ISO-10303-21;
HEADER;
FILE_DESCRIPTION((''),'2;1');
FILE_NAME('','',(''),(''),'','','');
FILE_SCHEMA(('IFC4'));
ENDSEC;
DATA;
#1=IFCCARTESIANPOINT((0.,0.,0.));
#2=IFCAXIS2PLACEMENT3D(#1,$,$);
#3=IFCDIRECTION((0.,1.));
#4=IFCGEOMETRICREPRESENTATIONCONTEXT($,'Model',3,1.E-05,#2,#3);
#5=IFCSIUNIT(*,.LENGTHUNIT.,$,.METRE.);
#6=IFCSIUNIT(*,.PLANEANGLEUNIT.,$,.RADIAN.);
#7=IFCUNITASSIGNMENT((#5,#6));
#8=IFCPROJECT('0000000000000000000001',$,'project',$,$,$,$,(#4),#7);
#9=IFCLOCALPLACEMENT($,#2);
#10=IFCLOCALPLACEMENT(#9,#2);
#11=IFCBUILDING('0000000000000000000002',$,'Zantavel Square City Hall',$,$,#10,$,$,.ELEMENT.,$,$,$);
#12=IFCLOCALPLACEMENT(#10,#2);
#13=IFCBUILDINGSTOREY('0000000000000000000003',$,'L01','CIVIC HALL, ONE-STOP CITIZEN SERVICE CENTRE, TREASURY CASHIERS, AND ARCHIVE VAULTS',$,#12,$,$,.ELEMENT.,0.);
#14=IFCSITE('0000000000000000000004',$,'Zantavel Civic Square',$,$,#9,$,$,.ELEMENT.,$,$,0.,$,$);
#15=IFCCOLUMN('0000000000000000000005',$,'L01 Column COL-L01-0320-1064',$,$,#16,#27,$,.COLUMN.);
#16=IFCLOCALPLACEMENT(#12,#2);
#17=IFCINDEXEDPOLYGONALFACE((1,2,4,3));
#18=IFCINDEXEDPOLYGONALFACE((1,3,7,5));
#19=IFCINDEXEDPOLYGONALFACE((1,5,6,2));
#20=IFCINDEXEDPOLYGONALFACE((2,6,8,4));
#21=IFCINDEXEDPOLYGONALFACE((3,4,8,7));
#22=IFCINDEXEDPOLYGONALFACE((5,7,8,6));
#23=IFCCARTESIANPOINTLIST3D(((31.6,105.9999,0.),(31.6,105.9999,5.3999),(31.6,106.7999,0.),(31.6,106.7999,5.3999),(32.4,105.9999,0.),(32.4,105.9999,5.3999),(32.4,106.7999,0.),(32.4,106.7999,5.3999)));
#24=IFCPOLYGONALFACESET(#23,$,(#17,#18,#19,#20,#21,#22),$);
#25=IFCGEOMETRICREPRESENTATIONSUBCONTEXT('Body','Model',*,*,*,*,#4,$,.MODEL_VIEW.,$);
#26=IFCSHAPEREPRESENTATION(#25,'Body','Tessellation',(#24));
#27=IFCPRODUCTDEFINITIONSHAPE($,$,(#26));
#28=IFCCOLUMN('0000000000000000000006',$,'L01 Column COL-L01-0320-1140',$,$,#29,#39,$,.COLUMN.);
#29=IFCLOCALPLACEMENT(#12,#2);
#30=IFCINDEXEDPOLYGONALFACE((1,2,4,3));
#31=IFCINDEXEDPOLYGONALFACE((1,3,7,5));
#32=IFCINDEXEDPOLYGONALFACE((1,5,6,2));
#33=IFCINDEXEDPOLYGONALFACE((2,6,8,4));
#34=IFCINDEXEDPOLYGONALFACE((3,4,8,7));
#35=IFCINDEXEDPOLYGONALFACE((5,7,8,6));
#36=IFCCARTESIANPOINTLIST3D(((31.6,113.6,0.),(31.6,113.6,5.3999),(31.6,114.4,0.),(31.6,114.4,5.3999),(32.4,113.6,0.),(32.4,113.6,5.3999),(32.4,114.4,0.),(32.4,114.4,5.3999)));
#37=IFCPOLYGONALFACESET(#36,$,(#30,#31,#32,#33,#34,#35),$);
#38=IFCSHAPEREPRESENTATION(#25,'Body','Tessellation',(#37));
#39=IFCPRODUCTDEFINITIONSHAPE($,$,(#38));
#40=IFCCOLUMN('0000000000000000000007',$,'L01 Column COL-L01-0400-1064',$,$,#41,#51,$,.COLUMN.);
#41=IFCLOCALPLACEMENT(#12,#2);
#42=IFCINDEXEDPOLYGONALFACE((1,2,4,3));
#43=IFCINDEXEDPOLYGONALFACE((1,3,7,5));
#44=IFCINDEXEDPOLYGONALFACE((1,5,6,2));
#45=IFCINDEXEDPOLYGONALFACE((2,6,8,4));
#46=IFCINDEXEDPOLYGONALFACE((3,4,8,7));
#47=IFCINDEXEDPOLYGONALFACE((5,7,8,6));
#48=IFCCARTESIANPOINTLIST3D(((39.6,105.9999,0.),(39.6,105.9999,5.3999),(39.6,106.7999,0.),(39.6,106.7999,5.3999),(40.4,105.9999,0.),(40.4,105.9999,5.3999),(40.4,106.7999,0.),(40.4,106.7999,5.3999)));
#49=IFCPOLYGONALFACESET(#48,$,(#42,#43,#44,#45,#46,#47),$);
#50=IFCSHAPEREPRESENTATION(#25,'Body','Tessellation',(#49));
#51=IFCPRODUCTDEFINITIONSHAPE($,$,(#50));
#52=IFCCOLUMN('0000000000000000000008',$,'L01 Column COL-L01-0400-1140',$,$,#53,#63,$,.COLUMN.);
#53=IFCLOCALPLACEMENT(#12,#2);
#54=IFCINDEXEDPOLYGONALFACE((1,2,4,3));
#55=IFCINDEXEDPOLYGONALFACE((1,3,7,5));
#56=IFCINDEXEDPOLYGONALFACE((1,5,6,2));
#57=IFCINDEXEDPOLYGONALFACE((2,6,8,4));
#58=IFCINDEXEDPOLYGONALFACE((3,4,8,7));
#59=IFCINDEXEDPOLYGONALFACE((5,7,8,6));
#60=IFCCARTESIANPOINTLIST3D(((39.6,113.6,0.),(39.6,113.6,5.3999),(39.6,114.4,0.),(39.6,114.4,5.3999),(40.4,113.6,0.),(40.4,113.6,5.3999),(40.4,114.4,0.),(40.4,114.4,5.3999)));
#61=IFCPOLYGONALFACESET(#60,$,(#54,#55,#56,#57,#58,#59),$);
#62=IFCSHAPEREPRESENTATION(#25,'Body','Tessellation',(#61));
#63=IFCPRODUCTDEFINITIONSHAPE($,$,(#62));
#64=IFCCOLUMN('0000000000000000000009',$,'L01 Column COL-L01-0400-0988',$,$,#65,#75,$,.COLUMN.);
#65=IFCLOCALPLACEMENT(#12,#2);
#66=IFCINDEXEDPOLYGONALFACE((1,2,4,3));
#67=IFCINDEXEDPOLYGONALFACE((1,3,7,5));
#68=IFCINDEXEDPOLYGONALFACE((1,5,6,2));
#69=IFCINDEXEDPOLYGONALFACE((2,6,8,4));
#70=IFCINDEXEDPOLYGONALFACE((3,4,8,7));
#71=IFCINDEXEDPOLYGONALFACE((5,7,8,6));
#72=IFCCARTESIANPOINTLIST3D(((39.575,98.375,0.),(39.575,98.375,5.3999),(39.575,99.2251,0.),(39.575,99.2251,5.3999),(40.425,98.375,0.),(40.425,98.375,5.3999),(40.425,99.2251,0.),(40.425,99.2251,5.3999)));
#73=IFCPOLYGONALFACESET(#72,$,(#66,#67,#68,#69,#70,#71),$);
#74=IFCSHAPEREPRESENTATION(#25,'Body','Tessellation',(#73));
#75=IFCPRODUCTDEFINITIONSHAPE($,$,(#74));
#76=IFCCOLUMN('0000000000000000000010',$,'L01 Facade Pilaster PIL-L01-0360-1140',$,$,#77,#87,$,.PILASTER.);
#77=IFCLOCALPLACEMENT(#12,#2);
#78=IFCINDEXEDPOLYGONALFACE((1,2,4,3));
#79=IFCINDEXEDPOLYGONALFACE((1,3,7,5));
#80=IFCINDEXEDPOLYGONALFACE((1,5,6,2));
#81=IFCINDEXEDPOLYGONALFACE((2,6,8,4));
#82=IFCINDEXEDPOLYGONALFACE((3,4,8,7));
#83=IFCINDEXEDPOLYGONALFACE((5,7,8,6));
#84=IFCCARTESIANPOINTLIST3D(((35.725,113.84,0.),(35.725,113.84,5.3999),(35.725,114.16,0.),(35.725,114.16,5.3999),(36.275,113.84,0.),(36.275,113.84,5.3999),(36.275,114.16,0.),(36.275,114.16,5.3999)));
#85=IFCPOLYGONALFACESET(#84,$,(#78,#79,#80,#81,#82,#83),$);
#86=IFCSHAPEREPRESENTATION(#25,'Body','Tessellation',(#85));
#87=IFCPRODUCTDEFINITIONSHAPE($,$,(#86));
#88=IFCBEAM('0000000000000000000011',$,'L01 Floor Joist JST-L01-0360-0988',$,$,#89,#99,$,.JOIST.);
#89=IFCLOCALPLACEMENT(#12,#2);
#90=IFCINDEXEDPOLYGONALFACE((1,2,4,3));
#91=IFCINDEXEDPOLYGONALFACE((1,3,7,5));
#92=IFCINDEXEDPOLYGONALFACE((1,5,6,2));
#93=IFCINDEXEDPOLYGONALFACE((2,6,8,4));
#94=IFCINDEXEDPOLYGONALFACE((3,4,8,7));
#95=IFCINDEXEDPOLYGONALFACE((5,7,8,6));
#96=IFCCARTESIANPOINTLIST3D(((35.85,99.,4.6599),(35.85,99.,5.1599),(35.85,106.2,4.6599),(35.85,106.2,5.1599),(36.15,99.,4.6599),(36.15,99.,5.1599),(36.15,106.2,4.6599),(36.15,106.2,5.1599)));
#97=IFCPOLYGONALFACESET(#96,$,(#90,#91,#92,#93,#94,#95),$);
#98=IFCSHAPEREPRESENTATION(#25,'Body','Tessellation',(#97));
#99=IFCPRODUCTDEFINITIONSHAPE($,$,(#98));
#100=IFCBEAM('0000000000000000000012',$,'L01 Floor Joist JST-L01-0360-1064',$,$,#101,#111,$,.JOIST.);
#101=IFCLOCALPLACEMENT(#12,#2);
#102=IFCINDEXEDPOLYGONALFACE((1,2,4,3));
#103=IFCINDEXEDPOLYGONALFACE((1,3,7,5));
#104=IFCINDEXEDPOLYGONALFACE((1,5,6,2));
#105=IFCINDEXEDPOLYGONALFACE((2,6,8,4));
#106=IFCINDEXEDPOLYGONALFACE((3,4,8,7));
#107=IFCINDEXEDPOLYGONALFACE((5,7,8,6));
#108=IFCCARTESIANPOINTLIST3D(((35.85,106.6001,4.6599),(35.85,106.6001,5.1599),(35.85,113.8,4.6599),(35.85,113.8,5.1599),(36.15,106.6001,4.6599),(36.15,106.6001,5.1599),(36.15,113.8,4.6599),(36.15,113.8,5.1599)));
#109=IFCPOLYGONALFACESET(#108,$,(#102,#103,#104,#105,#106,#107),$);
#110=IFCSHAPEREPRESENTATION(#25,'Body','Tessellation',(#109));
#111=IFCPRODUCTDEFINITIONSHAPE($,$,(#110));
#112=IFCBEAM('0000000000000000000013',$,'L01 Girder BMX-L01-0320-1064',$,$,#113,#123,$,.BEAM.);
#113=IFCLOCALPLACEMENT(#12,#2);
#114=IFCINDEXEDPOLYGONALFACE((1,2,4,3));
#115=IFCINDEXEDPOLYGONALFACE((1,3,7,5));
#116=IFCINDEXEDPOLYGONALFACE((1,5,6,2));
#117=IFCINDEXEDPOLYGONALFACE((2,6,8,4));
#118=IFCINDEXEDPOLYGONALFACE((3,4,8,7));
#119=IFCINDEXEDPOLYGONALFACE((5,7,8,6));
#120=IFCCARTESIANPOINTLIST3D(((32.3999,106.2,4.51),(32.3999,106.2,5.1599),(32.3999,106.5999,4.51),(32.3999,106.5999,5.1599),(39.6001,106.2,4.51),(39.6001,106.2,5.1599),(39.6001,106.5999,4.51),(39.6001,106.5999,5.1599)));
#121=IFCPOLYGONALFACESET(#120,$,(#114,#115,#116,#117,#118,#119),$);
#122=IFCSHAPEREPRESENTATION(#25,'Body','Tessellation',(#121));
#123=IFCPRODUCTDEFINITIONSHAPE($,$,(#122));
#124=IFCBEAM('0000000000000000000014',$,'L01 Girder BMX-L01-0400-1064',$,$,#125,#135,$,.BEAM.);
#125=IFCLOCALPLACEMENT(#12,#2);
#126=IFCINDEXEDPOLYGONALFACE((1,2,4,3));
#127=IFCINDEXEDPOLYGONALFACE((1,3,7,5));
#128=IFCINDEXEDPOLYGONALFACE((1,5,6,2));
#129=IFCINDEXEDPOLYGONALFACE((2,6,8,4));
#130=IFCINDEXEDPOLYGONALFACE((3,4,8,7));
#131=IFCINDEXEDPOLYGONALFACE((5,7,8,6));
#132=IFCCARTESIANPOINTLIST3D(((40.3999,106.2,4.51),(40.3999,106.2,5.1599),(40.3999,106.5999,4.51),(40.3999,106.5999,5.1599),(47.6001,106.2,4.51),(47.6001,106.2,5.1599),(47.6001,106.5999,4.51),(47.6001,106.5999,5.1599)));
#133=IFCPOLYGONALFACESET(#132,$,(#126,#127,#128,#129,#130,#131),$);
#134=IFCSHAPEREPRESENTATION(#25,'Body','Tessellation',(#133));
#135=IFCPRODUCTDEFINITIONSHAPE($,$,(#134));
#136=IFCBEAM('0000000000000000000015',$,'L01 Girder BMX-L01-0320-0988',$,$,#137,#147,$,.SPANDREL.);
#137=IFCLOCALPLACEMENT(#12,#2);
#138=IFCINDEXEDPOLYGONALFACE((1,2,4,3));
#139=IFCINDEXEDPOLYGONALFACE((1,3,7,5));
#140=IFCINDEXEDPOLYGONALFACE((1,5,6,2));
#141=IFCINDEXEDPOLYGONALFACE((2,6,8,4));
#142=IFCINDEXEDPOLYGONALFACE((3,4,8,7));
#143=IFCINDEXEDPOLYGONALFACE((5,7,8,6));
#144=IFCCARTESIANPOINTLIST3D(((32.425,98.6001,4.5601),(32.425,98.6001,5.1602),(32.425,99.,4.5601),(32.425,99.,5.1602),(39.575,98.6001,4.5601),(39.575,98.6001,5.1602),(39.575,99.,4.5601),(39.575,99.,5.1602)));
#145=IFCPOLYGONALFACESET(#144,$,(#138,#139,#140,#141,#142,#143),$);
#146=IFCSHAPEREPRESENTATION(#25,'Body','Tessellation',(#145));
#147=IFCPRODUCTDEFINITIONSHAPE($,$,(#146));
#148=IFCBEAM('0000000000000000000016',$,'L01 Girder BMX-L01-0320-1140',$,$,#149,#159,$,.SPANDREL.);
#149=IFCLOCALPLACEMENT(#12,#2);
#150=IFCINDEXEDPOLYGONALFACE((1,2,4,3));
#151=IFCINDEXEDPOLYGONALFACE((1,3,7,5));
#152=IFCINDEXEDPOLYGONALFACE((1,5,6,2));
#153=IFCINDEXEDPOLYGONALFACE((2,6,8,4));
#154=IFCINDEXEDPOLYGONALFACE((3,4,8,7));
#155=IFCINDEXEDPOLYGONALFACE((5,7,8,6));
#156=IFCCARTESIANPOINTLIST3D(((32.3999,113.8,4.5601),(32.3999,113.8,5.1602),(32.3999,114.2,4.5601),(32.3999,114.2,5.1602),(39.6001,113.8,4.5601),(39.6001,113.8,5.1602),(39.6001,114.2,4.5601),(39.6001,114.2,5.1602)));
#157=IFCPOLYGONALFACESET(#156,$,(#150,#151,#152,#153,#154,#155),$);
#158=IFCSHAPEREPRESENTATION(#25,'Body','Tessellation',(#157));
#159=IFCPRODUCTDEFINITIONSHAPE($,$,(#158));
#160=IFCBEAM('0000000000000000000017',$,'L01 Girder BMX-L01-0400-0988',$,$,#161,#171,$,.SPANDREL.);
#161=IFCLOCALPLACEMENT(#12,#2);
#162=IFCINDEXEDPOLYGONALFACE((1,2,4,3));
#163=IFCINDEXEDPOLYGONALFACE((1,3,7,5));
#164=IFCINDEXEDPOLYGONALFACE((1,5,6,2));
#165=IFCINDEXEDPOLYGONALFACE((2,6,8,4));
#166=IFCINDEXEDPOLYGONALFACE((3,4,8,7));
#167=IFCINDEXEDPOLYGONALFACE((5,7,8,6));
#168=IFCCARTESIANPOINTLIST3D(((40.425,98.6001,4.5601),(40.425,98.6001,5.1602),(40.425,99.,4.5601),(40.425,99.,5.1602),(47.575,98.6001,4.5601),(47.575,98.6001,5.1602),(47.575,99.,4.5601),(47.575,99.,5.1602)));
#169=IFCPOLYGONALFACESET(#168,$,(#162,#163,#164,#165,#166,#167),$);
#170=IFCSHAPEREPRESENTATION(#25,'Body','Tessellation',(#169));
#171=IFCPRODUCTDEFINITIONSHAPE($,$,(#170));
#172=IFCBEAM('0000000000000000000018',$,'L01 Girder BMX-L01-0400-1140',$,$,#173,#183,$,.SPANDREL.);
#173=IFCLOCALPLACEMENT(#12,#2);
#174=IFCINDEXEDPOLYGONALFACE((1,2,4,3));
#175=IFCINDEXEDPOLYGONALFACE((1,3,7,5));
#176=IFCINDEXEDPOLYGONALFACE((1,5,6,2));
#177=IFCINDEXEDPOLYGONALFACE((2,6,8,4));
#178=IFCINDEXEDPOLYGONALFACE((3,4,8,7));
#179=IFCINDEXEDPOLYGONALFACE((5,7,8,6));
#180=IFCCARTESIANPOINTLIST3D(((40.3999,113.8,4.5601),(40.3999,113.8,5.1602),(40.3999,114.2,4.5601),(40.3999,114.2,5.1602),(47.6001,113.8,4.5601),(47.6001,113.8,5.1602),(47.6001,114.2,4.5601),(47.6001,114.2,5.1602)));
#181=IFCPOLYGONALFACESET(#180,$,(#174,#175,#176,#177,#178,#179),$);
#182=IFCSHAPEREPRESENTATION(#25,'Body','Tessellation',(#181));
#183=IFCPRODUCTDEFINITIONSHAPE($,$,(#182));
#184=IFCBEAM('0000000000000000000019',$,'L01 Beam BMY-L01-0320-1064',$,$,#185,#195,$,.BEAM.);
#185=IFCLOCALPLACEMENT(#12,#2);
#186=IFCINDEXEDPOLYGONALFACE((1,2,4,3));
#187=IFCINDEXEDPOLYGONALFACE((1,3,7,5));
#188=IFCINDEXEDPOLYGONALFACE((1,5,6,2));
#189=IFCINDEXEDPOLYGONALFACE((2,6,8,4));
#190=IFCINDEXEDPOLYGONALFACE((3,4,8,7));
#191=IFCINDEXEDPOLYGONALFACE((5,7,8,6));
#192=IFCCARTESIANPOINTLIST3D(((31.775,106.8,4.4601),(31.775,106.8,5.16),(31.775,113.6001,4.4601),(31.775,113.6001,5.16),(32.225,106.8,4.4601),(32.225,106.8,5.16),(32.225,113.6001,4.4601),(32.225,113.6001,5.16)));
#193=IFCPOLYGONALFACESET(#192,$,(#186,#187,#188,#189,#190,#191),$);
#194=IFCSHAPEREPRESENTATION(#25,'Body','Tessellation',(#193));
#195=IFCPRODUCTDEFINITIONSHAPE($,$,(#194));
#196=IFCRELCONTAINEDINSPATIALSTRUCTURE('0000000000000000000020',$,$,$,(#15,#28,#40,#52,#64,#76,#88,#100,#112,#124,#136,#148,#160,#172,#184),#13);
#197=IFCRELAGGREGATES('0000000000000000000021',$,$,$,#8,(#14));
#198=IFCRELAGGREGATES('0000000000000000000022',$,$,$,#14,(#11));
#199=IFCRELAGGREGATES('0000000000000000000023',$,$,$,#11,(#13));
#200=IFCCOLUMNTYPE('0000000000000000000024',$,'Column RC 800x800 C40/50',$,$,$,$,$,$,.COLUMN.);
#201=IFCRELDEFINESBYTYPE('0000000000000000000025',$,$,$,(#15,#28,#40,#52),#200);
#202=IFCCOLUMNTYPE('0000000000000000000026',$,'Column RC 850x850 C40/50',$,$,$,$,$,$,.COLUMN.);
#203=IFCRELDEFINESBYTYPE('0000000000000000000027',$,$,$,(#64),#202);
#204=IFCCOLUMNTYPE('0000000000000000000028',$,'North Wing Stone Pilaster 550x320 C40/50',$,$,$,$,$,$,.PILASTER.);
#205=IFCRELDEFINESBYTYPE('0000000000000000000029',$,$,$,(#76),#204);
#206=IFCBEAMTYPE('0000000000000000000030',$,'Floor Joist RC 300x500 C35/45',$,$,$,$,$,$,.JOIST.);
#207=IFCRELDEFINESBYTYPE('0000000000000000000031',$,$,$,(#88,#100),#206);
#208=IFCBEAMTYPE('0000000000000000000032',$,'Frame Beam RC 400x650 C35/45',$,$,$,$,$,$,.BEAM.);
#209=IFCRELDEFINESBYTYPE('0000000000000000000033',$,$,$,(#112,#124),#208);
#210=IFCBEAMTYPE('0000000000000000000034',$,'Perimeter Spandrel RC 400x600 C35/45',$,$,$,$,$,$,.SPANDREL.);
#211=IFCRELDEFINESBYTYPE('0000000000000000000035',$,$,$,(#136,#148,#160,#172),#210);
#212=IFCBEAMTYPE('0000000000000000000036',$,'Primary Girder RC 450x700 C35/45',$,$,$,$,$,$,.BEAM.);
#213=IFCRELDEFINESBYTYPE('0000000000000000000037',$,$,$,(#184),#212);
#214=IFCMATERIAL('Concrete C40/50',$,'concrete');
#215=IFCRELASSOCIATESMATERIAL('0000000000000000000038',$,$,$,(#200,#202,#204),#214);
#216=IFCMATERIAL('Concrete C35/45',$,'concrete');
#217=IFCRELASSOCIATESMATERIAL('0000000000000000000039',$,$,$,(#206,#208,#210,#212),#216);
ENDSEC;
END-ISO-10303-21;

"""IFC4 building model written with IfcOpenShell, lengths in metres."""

from ifc_helpers import new_model, si_unit, direction, frame, origin, origin_2d, place, context, subcontext, project, spatial, rectangle, extrude, material, material_profile, profile_set, type_object, element, save


model = new_model("IFC4")

# Units and contexts
model_context = context("Model", 3, precision=1e-05, world=origin(), true_north=direction((0.0, 1.0)))
body_context = subcontext(model_context, "Body", "Model", "MODEL_VIEW")
ifc_project = project(units=[si_unit("LENGTHUNIT", "METRE"), si_unit("PLANEANGLEUNIT", "RADIAN")], contexts=[model_context])

# Site, building, storey
site_placement = place(None, origin())
site = spatial("IfcSite", under=ifc_project, at=site_placement, Name="Zantavel Civic Square", CompositionType="ELEMENT", RefElevation=0.0)
building_placement = place(site_placement, origin())
building = spatial("IfcBuilding", under=site, at=building_placement, Name="Zantavel Square City Hall", CompositionType="ELEMENT")
storey_placement = place(building_placement, origin())
storey = spatial("IfcBuildingStorey", under=building, at=storey_placement, Name="L01", Description="CIVIC HALL, ONE-STOP CITIZEN SERVICE CENTRE, TREASURY CASHIERS, AND ARCHIVE VAULTS", CompositionType="ELEMENT", Elevation=0.0)

# Columns
ifc_material_1 = material(Name="Concrete C40/50", Category="concrete")
ifc_material_profile_1 = material_profile(ifc_material_1, rectangle(XDim=0.8, YDim=0.8, at=origin_2d()), Name="RC 800x800")
ifc_profile_set_1 = profile_set([ifc_material_profile_1], Name="Concrete C40/50")
column_type_1 = type_object("IfcColumnType", Name="Column RC 800x800 C40/50", PredefinedType="COLUMN", material=ifc_profile_set_1)
for number, where, z_axis, x_axis, name in (
    (1, (32.0, 106.3999, 0.0), (0.0, 0.0, 1.0), (1.0, 0.0, 0.0), "L01 Column COL-L01-0320-1064"),
    (2, (32.0, 114.0, 0.0), (0.0, 0.0, 1.0), (1.0, 0.0, 0.0), "L01 Column COL-L01-0320-1140"),
    (3, (40.0, 106.3999, 0.0), (0.0, 0.0, 1.0), (1.0, 0.0, 0.0), "L01 Column COL-L01-0400-1064"),
    (4, (40.0, 114.0, 0.0), (0.0, 0.0, 1.0), (1.0, 0.0, 0.0), "L01 Column COL-L01-0400-1140"),
):
    element("IfcColumn", number, at=place(storey_placement, frame(where, z_axis=z_axis, x_axis=x_axis)), inside=storey, type_object=column_type_1, Name=name, PredefinedType="COLUMN", context=body_context, shape_type="SweptSolid", body=[
        extrude(rectangle(XDim=0.8, YDim=0.8, at=origin_2d()), origin(), (0.0, 0.0, 1.0), 5.3999),
    ])
ifc_material_profile_2 = material_profile(ifc_material_1, rectangle(XDim=0.8501, YDim=0.8501, at=origin_2d()), Name="RC 850x850")
ifc_profile_set_2 = profile_set([ifc_material_profile_2], Name="Concrete C40/50")
column_type_2 = type_object("IfcColumnType", Name="Column RC 850x850 C40/50", PredefinedType="COLUMN", material=ifc_profile_set_2)
column_1_placement = place(storey_placement, frame((40.0, 98.8, 0.0), z_axis=(0.0, 0.0, 1.0), x_axis=(1.0, 0.0, 0.0)))
element("IfcColumn", 5, at=column_1_placement, inside=storey, type_object=column_type_2, Name="L01 Column COL-L01-0400-0988", PredefinedType="COLUMN", context=body_context, shape_type="SweptSolid", body=[
    extrude(rectangle(XDim=0.8501, YDim=0.8501, at=origin_2d()), origin(), (0.0, 0.0, 1.0), 5.3999),
])
ifc_material_profile_3 = material_profile(ifc_material_1, rectangle(XDim=0.55, YDim=0.3201, at=origin_2d()), Name="RC 550x320")
ifc_profile_set_3 = profile_set([ifc_material_profile_3], Name="Concrete C40/50")
column_type_3 = type_object("IfcColumnType", Name="North Wing Stone Pilaster 550x320 C40/50", PredefinedType="PILASTER", material=ifc_profile_set_3)
column_2_placement = place(storey_placement, frame((36.0, 114.0, 0.0), z_axis=(0.0, 0.0, 1.0), x_axis=(1.0, 0.0, 0.0)))
element("IfcColumn", 6, at=column_2_placement, inside=storey, type_object=column_type_3, Name="L01 Facade Pilaster PIL-L01-0360-1140", PredefinedType="PILASTER", context=body_context, shape_type="SweptSolid", body=[
    extrude(rectangle(XDim=0.55, YDim=0.3201, at=origin_2d()), origin(), (0.0, 0.0, 1.0), 5.3999),
])

# Beams
ifc_material_2 = material(Name="Concrete C35/45", Category="concrete")
ifc_material_profile_4 = material_profile(ifc_material_2, rectangle(XDim=0.3, YDim=0.5, at=origin_2d()), Name="RC 300x500")
ifc_profile_set_4 = profile_set([ifc_material_profile_4], Name="Concrete C35/45")
beam_type_1 = type_object("IfcBeamType", Name="Floor Joist RC 300x500 C35/45", PredefinedType="JOIST", material=ifc_profile_set_4)
for number, where, z_axis, x_axis, name in (
    (7, (36.0, 99.0, 4.9099), (0.0, 1.0, 0.0), (-1.0, 0.0, 0.0), "L01 Floor Joist JST-L01-0360-0988"),
    (8, (36.0, 106.6001, 4.9099), (0.0, 1.0, 0.0), (-1.0, 0.0, 0.0), "L01 Floor Joist JST-L01-0360-1064"),
):
    element("IfcBeam", number, at=place(storey_placement, frame(where, z_axis=z_axis, x_axis=x_axis)), inside=storey, type_object=beam_type_1, Name=name, PredefinedType="JOIST", context=body_context, shape_type="SweptSolid", body=[
        extrude(rectangle(XDim=0.3, YDim=0.5, at=origin_2d()), origin(), (0.0, 0.0, 1.0), 7.2),
    ])
ifc_material_profile_5 = material_profile(ifc_material_2, rectangle(XDim=0.3999, YDim=0.6499, at=origin_2d()), Name="RC 400x650")
ifc_profile_set_5 = profile_set([ifc_material_profile_5], Name="Concrete C35/45")
beam_type_2 = type_object("IfcBeamType", Name="Frame Beam RC 400x650 C35/45", PredefinedType="BEAM", material=ifc_profile_set_5)
for number, where, z_axis, x_axis, name in (
    (9, (32.3999, 106.3999, 4.835), (1.0, 0.0, 0.0), (0.0, 1.0, 0.0), "L01 Girder BMX-L01-0320-1064"),
    (10, (40.3999, 106.3999, 4.835), (1.0, 0.0, 0.0), (0.0, 1.0, 0.0), "L01 Girder BMX-L01-0400-1064"),
):
    element("IfcBeam", number, at=place(storey_placement, frame(where, z_axis=z_axis, x_axis=x_axis)), inside=storey, type_object=beam_type_2, Name=name, PredefinedType="BEAM", context=body_context, shape_type="SweptSolid", body=[
        extrude(rectangle(XDim=0.3999, YDim=0.6499, at=origin_2d()), origin(), (0.0, 0.0, 1.0), 7.2002),
    ])
ifc_material_profile_6 = material_profile(ifc_material_2, rectangle(XDim=0.3999, YDim=0.6001, at=origin_2d()), Name="RC 400x600")
ifc_profile_set_6 = profile_set([ifc_material_profile_6], Name="Concrete C35/45")
beam_type_3 = type_object("IfcBeamType", Name="Perimeter Spandrel RC 400x600 C35/45", PredefinedType="SPANDREL", material=ifc_profile_set_6)
beam_1_placement = place(storey_placement, frame((32.425, 98.8, 4.8601), z_axis=(1.0, 0.0, 0.0), x_axis=(0.0, 1.0, 0.0)))
element("IfcBeam", 11, at=beam_1_placement, inside=storey, type_object=beam_type_3, Name="L01 Girder BMX-L01-0320-0988", PredefinedType="SPANDREL", context=body_context, shape_type="SweptSolid", body=[
    extrude(rectangle(XDim=0.3999, YDim=0.6001, at=origin_2d()), origin(), (0.0, 0.0, 1.0), 7.1499),
])
beam_2_placement = place(storey_placement, frame((32.3999, 114.0, 4.8601), z_axis=(1.0, 0.0, 0.0), x_axis=(0.0, 1.0, 0.0)))
element("IfcBeam", 12, at=beam_2_placement, inside=storey, type_object=beam_type_3, Name="L01 Girder BMX-L01-0320-1140", PredefinedType="SPANDREL", context=body_context, shape_type="SweptSolid", body=[
    extrude(rectangle(XDim=0.3999, YDim=0.6001, at=origin_2d()), origin(), (0.0, 0.0, 1.0), 7.2002),
])
beam_3_placement = place(storey_placement, frame((40.425, 98.8, 4.8601), z_axis=(1.0, 0.0, 0.0), x_axis=(0.0, 1.0, 0.0)))
element("IfcBeam", 13, at=beam_3_placement, inside=storey, type_object=beam_type_3, Name="L01 Girder BMX-L01-0400-0988", PredefinedType="SPANDREL", context=body_context, shape_type="SweptSolid", body=[
    extrude(rectangle(XDim=0.3999, YDim=0.6001, at=origin_2d()), origin(), (0.0, 0.0, 1.0), 7.1499),
])
beam_4_placement = place(storey_placement, frame((40.3999, 114.0, 4.8601), z_axis=(1.0, 0.0, 0.0), x_axis=(0.0, 1.0, 0.0)))
element("IfcBeam", 14, at=beam_4_placement, inside=storey, type_object=beam_type_3, Name="L01 Girder BMX-L01-0400-1140", PredefinedType="SPANDREL", context=body_context, shape_type="SweptSolid", body=[
    extrude(rectangle(XDim=0.3999, YDim=0.6001, at=origin_2d()), origin(), (0.0, 0.0, 1.0), 7.2002),
])
ifc_material_profile_7 = material_profile(ifc_material_2, rectangle(XDim=0.45, YDim=0.7, at=origin_2d()), Name="RC 450x700")
ifc_profile_set_7 = profile_set([ifc_material_profile_7], Name="Concrete C35/45")
beam_type_4 = type_object("IfcBeamType", Name="Primary Girder RC 450x700 C35/45", PredefinedType="BEAM", material=ifc_profile_set_7)
beam_5_placement = place(storey_placement, frame((32.0, 106.8, 4.8101), z_axis=(0.0, 1.0, 0.0), x_axis=(-1.0, 0.0, 0.0)))
element("IfcBeam", 15, at=beam_5_placement, inside=storey, type_object=beam_type_4, Name="L01 Beam BMY-L01-0320-1064", PredefinedType="BEAM", context=body_context, shape_type="SweptSolid", body=[
    extrude(rectangle(XDim=0.45, YDim=0.7, at=origin_2d()), origin(), (0.0, 0.0, 1.0), 6.8),
])

save(model, "model.ifc")
